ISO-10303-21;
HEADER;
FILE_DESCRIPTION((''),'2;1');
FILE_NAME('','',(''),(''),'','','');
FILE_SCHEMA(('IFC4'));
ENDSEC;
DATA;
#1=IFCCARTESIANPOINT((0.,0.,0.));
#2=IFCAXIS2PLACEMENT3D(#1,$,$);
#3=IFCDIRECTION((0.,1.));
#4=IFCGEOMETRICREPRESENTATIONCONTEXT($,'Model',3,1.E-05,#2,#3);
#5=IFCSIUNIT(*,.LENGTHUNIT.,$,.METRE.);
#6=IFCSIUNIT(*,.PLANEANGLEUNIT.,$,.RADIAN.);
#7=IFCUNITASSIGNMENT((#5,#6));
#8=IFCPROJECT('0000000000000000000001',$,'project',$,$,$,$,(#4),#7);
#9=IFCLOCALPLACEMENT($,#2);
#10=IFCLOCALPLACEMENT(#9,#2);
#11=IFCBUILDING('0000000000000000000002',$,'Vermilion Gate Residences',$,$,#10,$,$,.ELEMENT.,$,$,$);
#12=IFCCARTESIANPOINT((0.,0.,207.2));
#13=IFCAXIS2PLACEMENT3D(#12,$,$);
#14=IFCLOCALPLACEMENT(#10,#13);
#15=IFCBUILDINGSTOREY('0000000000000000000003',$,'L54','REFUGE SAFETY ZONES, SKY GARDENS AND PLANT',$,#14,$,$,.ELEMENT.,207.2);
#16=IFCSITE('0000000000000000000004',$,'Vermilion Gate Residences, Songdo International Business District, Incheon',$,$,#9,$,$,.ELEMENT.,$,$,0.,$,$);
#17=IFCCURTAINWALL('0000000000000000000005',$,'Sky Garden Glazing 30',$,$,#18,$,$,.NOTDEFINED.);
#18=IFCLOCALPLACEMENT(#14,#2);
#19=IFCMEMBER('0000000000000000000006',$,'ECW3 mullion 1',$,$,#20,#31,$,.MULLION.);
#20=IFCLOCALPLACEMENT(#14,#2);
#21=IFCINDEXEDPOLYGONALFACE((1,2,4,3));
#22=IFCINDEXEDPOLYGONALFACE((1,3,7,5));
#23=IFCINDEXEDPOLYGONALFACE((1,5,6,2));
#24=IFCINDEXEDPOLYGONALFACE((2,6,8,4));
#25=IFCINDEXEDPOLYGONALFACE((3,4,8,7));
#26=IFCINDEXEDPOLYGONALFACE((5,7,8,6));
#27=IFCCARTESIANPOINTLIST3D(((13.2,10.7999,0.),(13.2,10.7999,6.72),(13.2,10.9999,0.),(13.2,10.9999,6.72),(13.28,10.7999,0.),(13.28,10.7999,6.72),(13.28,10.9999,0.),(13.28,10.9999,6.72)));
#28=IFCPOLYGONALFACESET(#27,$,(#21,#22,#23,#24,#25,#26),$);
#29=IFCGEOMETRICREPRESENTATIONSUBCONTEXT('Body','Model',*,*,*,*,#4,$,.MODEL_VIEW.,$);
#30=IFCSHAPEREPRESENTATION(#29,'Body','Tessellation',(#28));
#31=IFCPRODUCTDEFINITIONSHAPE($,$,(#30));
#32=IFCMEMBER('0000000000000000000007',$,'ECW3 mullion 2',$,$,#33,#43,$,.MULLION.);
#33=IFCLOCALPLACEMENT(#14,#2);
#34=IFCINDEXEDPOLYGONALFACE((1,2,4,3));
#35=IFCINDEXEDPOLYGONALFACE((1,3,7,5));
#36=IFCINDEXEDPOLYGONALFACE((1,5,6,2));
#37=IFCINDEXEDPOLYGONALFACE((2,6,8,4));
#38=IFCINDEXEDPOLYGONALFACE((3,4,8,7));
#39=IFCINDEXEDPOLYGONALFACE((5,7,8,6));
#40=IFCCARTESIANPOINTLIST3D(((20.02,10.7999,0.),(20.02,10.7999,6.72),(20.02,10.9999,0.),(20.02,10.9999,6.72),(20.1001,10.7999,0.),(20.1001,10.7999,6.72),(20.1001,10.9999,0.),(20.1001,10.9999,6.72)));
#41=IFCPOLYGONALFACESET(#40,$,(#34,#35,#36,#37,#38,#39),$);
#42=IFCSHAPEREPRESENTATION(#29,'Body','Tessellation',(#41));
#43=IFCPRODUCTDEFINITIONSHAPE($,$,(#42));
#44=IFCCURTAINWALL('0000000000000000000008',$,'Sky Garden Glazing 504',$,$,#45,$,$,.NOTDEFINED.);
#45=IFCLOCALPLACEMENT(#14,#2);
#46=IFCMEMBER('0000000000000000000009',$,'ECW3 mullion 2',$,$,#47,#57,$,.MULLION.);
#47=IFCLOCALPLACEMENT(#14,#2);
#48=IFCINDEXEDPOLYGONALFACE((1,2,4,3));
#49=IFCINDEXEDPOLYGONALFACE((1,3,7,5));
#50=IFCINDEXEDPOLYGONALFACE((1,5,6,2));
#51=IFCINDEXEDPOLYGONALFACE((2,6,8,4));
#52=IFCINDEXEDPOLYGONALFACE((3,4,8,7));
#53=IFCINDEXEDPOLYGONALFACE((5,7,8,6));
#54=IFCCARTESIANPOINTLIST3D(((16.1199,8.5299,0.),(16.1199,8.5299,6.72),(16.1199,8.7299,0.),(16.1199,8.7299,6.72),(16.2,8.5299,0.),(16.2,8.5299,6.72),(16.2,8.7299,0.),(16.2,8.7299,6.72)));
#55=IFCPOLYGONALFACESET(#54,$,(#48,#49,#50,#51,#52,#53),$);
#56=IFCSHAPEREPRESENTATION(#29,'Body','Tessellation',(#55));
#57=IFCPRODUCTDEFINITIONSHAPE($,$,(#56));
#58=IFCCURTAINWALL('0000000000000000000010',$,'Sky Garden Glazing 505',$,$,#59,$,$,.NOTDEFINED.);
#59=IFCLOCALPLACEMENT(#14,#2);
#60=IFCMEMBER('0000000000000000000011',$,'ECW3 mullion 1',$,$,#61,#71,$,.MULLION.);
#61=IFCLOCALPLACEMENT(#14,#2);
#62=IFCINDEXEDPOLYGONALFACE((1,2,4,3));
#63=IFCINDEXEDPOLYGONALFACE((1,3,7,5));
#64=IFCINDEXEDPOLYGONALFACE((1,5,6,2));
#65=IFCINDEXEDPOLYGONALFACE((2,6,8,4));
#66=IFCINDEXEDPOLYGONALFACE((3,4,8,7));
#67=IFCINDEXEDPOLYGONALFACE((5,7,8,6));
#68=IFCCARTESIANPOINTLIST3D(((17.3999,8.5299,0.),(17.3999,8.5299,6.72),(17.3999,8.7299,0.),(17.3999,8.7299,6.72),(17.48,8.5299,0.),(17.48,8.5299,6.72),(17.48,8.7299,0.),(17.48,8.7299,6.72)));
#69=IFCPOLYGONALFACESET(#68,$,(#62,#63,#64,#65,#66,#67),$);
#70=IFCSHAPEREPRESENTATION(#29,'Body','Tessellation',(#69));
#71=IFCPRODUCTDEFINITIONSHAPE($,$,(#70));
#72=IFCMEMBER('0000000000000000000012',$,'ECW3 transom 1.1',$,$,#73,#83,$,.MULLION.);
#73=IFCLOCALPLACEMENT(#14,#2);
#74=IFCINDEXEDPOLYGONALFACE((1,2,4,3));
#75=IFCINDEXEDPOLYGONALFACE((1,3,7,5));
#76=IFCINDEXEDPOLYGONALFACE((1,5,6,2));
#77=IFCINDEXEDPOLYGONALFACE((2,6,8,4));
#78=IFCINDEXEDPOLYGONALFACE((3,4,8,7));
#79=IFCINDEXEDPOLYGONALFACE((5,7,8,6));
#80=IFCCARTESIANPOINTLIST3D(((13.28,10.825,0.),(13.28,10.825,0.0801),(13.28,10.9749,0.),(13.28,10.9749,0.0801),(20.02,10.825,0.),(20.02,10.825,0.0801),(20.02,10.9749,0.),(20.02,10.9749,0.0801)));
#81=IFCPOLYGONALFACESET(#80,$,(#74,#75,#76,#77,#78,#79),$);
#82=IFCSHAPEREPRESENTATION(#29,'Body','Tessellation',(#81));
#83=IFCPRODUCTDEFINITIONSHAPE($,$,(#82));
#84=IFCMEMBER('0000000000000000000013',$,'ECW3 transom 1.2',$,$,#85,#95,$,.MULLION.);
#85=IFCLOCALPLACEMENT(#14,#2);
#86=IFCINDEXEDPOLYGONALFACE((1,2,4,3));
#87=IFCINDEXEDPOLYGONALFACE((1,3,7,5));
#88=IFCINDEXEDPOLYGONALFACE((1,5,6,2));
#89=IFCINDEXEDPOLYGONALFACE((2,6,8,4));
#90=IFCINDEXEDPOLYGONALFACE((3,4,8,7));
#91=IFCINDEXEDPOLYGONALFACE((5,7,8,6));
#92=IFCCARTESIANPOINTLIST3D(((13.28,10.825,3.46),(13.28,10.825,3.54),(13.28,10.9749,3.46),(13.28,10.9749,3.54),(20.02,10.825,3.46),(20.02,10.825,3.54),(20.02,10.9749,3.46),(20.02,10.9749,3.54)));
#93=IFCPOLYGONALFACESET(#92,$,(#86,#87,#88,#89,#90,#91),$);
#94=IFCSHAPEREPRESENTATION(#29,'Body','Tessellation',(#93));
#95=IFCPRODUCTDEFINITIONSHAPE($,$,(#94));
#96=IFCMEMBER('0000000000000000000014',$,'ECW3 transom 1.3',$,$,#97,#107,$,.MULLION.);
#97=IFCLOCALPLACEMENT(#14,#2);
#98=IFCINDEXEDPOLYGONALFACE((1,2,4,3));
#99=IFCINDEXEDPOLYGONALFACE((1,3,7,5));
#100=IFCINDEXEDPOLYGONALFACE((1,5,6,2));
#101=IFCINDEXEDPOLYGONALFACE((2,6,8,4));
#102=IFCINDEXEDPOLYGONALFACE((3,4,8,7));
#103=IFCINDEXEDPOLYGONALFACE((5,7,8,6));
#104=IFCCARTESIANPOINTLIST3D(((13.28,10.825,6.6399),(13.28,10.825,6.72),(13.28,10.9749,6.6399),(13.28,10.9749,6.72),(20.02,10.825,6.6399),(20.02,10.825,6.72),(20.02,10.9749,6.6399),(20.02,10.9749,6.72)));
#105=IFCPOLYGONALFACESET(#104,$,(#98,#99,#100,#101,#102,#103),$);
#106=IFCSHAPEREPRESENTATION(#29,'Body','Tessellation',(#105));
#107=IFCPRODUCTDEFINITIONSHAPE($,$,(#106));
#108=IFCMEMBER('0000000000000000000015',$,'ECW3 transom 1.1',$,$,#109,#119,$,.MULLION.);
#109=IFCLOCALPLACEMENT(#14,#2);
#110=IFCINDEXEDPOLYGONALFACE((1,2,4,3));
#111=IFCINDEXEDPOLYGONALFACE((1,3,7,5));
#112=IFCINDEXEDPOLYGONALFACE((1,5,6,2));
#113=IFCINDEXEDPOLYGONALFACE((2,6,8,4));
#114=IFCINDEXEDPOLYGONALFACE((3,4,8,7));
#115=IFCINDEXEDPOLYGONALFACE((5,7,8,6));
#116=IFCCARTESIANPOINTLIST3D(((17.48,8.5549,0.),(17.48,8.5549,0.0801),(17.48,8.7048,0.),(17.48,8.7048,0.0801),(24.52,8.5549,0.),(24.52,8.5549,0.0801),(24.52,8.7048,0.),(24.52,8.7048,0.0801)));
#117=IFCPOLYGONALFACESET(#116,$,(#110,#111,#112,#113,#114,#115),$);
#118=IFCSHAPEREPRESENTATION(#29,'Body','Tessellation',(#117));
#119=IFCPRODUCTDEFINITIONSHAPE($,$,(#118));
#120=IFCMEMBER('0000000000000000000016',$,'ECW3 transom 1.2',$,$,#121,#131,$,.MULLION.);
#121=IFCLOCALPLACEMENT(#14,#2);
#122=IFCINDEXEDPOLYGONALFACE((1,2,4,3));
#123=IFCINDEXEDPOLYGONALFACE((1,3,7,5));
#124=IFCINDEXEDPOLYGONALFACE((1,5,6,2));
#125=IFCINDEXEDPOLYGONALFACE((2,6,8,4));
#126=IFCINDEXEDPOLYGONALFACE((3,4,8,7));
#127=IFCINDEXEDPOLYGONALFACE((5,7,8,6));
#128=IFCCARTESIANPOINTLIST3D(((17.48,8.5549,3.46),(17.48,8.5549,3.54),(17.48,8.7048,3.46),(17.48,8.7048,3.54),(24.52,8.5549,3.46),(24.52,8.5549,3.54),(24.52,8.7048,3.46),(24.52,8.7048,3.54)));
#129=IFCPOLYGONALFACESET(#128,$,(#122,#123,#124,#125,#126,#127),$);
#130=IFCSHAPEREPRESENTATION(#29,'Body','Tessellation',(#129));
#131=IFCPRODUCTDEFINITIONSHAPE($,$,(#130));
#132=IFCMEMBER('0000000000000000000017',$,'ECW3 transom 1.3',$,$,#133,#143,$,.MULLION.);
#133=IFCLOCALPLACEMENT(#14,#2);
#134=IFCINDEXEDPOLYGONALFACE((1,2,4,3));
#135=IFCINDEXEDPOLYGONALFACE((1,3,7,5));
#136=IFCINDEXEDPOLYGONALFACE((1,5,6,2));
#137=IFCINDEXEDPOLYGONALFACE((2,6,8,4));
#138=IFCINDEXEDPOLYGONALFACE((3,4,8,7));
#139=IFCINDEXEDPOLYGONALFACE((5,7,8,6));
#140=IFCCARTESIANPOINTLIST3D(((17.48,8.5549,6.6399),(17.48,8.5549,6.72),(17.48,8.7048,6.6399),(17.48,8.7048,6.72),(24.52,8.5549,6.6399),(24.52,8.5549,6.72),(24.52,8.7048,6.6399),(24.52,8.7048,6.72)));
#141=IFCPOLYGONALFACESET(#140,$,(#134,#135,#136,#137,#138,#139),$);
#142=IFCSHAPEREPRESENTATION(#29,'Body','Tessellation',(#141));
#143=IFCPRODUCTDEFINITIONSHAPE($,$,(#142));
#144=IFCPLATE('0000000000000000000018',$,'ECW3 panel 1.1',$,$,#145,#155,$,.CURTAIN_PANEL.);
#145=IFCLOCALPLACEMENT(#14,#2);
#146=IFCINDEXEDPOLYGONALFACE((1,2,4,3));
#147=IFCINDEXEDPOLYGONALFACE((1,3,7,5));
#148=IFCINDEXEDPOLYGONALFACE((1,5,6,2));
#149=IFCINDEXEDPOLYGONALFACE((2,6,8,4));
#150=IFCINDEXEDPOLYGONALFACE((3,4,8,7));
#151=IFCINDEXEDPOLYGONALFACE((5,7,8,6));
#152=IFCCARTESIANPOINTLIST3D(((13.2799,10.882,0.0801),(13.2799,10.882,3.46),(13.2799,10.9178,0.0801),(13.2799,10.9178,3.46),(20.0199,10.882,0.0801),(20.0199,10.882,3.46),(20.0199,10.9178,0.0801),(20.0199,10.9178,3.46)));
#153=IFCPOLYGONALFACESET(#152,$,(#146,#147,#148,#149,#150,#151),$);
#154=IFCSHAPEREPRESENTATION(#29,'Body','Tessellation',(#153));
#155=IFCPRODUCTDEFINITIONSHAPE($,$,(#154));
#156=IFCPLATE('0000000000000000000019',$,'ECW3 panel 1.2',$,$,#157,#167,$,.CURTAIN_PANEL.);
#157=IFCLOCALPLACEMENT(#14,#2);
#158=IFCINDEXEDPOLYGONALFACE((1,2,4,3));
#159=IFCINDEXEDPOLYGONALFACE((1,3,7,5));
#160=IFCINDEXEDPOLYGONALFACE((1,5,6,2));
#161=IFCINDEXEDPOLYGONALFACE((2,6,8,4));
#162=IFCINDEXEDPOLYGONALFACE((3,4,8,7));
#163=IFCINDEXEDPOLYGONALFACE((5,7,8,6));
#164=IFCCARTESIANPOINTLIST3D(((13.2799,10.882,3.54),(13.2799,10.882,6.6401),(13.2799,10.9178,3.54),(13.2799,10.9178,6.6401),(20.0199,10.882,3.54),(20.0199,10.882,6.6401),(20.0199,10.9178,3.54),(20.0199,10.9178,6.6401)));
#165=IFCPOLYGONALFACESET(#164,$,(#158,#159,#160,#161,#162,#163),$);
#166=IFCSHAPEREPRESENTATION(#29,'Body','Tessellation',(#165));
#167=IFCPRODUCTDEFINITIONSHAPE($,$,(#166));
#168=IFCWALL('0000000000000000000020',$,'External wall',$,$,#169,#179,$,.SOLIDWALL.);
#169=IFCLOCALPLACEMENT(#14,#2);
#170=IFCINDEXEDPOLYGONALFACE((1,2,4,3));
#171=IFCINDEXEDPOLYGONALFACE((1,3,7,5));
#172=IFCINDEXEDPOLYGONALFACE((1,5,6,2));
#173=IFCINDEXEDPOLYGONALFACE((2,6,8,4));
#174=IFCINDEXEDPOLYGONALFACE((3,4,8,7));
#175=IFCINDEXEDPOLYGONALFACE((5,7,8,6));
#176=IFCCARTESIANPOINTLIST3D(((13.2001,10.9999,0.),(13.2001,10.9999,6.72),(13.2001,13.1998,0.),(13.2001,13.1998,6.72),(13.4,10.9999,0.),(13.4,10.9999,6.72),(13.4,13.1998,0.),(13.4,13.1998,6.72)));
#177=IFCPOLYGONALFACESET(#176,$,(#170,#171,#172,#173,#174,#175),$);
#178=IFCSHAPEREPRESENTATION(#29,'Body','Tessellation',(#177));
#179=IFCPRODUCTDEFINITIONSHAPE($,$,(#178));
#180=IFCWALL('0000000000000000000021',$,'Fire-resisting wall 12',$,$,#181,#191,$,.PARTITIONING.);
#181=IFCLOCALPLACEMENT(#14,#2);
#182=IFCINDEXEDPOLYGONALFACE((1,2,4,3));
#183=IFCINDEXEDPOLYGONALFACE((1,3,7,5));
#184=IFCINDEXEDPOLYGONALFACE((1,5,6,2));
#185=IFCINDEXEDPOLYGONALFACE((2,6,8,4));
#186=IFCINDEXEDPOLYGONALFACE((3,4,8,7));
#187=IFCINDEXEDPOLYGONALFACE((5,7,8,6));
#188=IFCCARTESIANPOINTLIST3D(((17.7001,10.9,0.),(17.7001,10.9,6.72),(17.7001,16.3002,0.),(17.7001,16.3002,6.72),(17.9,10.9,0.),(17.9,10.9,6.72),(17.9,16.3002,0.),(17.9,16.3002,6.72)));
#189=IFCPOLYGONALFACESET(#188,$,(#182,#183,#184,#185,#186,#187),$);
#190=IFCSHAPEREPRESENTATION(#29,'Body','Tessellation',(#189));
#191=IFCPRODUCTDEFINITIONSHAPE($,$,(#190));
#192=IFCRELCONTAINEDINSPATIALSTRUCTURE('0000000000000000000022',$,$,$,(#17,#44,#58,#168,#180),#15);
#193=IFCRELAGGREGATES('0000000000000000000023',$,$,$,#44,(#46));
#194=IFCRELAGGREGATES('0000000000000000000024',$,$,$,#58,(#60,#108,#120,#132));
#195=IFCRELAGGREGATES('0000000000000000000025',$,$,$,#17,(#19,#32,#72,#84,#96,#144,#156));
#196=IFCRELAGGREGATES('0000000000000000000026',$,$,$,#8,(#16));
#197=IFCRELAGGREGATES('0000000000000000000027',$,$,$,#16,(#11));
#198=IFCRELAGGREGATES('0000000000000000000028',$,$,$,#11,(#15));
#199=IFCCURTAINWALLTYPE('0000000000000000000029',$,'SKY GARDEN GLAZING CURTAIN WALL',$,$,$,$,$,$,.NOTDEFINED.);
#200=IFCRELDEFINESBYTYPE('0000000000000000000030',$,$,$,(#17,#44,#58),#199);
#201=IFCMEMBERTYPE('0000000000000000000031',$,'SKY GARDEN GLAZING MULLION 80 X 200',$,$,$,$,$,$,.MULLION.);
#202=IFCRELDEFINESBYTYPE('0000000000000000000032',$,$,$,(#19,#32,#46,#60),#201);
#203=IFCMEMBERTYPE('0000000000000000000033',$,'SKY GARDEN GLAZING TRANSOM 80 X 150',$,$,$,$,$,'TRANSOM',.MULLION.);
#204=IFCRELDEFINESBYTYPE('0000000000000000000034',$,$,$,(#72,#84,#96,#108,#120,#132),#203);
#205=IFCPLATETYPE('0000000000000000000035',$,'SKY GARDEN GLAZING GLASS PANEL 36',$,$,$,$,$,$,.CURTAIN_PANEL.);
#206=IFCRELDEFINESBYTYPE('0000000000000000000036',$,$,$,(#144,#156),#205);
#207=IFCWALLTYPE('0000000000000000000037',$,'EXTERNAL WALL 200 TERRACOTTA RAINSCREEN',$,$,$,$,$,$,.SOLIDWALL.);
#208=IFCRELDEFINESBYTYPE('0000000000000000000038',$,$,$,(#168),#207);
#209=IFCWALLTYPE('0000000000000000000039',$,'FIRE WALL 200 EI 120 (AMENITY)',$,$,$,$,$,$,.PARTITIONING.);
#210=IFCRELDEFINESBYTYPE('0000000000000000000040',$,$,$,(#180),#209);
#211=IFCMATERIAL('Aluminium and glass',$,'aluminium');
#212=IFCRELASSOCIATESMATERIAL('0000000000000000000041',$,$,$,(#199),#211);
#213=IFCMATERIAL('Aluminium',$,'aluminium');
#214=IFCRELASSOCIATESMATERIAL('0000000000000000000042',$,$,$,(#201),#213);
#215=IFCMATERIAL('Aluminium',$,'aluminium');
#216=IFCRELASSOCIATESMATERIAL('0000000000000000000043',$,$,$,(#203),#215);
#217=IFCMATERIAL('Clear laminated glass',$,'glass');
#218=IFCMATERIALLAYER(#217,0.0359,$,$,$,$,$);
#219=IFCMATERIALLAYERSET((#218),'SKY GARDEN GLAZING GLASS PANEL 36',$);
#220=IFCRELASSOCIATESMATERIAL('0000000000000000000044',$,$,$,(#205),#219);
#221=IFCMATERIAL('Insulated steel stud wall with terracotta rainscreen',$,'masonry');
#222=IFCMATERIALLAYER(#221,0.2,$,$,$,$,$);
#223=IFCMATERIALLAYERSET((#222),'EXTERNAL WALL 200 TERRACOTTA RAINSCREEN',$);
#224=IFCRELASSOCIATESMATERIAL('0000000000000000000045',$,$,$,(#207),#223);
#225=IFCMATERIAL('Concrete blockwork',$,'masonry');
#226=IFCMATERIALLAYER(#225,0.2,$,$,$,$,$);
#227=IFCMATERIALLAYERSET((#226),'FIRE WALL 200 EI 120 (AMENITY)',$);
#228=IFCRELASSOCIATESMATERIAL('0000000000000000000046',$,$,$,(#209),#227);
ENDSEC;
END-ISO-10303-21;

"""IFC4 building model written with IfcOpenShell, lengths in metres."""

from ifc_helpers import new_model, si_unit, direction, frame, frame_2d, origin, origin_2d, place, context, subcontext, project, spatial, rectangle, extrude, material, layer, layer_set, material_profile, profile_set, type_object, element, aggregate, save


model = new_model("IFC4")

# Units and contexts
model_context = context("Model", 3, precision=1e-05, world=origin(), true_north=direction((0.0, 1.0)))
body_context = subcontext(model_context, "Body", "Model", "MODEL_VIEW")
ifc_project = project(units=[si_unit("LENGTHUNIT", "METRE"), si_unit("PLANEANGLEUNIT", "RADIAN")], contexts=[model_context])

# Site, building, storey
site_placement = place(None, origin())
site = spatial("IfcSite", under=ifc_project, at=site_placement, Name="Vermilion Gate Residences, Songdo International Business District, Incheon", CompositionType="ELEMENT", RefElevation=0.0)
building_placement = place(site_placement, origin())
building = spatial("IfcBuilding", under=site, at=building_placement, Name="Vermilion Gate Residences", CompositionType="ELEMENT")
storey_placement = place(building_placement, frame((0.0, 0.0, 207.2)))
storey = spatial("IfcBuildingStorey", under=building, at=storey_placement, Name="L54", Description="REFUGE SAFETY ZONES, SKY GARDENS AND PLANT", CompositionType="ELEMENT", Elevation=207.2)

# Curtain wall, members
ifc_material_1 = material(Name="Aluminium and glass", Category="aluminium")
curtain_wall_type = type_object("IfcCurtainWallType", Name="SKY GARDEN GLAZING CURTAIN WALL", PredefinedType="NOTDEFINED", material=ifc_material_1)
curtain_wall_1_placement = place(storey_placement, origin())
curtain_wall_1 = element("IfcCurtainWall", 1, at=curtain_wall_1_placement, inside=storey, type_object=curtain_wall_type, Name="Sky Garden Glazing 30", PredefinedType="NOTDEFINED")
ifc_material_2 = material(Name="Aluminium", Category="aluminium")
ifc_material_profile_1 = material_profile(ifc_material_2, rectangle(XDim=0.2, YDim=0.0801, at=origin_2d()), Name="MULLION 80 X 200")
ifc_profile_set_1 = profile_set([ifc_material_profile_1], Name="Aluminium")
member_type_1 = type_object("IfcMemberType", Name="SKY GARDEN GLAZING MULLION 80 X 200", PredefinedType="MULLION", material=ifc_profile_set_1)
member_1_placement = place(storey_placement, frame((13.24, 10.8999, 0.0), z_axis=(0.0, 0.0, 1.0), x_axis=(0.0, 1.0, 0.0)))
member_1 = element("IfcMember", 2, at=member_1_placement, type_object=member_type_1, Name="ECW3 mullion 1", PredefinedType="MULLION", context=body_context, shape_type="SweptSolid", body=[
    extrude(rectangle(XDim=0.2, YDim=0.0801, at=origin_2d()), origin(), (0.0, 0.0, 1.0), 6.72),
])
member_2_placement = place(storey_placement, frame((20.0601, 10.8999, 0.0), z_axis=(0.0, 0.0, 1.0), x_axis=(0.0, 1.0, 0.0)))
member_2 = element("IfcMember", 3, at=member_2_placement, type_object=member_type_1, Name="ECW3 mullion 2", PredefinedType="MULLION", context=body_context, shape_type="SweptSolid", body=[
    extrude(rectangle(XDim=0.2, YDim=0.0801, at=origin_2d()), origin(), (0.0, 0.0, 1.0), 6.72),
])

# Curtain walls, members
curtain_wall_2_placement = place(storey_placement, origin())
curtain_wall_2 = element("IfcCurtainWall", 4, at=curtain_wall_2_placement, inside=storey, type_object=curtain_wall_type, Name="Sky Garden Glazing 504", PredefinedType="NOTDEFINED")
member_3_placement = place(storey_placement, frame((16.1599, 8.6299, 0.0), z_axis=(0.0, 0.0, 1.0), x_axis=(0.0, 1.0, 0.0)))
member_3 = element("IfcMember", 5, at=member_3_placement, type_object=member_type_1, Name="ECW3 mullion 2", PredefinedType="MULLION", context=body_context, shape_type="SweptSolid", body=[
    extrude(rectangle(XDim=0.2, YDim=0.0801, at=origin_2d()), origin(), (0.0, 0.0, 1.0), 6.72),
])
aggregate(curtain_wall_2, [member_3])
curtain_wall_3_placement = place(storey_placement, origin())
curtain_wall_3 = element("IfcCurtainWall", 6, at=curtain_wall_3_placement, inside=storey, type_object=curtain_wall_type, Name="Sky Garden Glazing 505", PredefinedType="NOTDEFINED")
member_4_placement = place(storey_placement, frame((17.4399, 8.6299, 0.0), z_axis=(0.0, 0.0, 1.0), x_axis=(0.0, 1.0, 0.0)))
member_4 = element("IfcMember", 7, at=member_4_placement, type_object=member_type_1, Name="ECW3 mullion 1", PredefinedType="MULLION", context=body_context, shape_type="SweptSolid", body=[
    extrude(rectangle(XDim=0.2, YDim=0.0801, at=origin_2d()), origin(), (0.0, 0.0, 1.0), 6.72),
])

# Members
ifc_material_3 = material(Name="Aluminium", Category="aluminium")
ifc_material_profile_2 = material_profile(ifc_material_3, rectangle(XDim=0.1499, YDim=0.0801, at=origin_2d()), Name="TRANSOM 80 X 150")
ifc_profile_set_2 = profile_set([ifc_material_profile_2], Name="Aluminium")
member_type_2 = type_object("IfcMemberType", Name="SKY GARDEN GLAZING TRANSOM 80 X 150", ElementType="TRANSOM", PredefinedType="MULLION", material=ifc_profile_set_2)
member_5_placement = place(storey_placement, frame((13.28, 10.8999, 0.04), z_axis=(1.0, 0.0, 0.0), x_axis=(0.0, 1.0, 0.0)))
member_5 = element("IfcMember", 8, at=member_5_placement, type_object=member_type_2, Name="ECW3 transom 1.1", PredefinedType="MULLION", context=body_context, shape_type="SweptSolid", body=[
    extrude(rectangle(XDim=0.1499, YDim=0.0801, at=origin_2d()), origin(), (0.0, 0.0, 1.0), 6.74),
])
member_6_placement = place(storey_placement, frame((13.28, 10.8999, 3.5), z_axis=(1.0, 0.0, 0.0), x_axis=(0.0, 1.0, 0.0)))
member_6 = element("IfcMember", 9, at=member_6_placement, type_object=member_type_2, Name="ECW3 transom 1.2", PredefinedType="MULLION", context=body_context, shape_type="SweptSolid", body=[
    extrude(rectangle(XDim=0.1499, YDim=0.0801, at=origin_2d()), origin(), (0.0, 0.0, 1.0), 6.74),
])
member_7_placement = place(storey_placement, frame((13.28, 10.8999, 6.6799), z_axis=(1.0, 0.0, 0.0), x_axis=(0.0, 1.0, 0.0)))
member_7 = element("IfcMember", 10, at=member_7_placement, type_object=member_type_2, Name="ECW3 transom 1.3", PredefinedType="MULLION", context=body_context, shape_type="SweptSolid", body=[
    extrude(rectangle(XDim=0.1499, YDim=0.0801, at=origin_2d()), origin(), (0.0, 0.0, 1.0), 6.74),
])
member_8_placement = place(storey_placement, frame((17.48, 8.6299, 0.04), z_axis=(1.0, 0.0, 0.0), x_axis=(0.0, 1.0, 0.0)))
member_8 = element("IfcMember", 11, at=member_8_placement, type_object=member_type_2, Name="ECW3 transom 1.1", PredefinedType="MULLION", context=body_context, shape_type="SweptSolid", body=[
    extrude(rectangle(XDim=0.1499, YDim=0.0801, at=origin_2d()), origin(), (0.0, 0.0, 1.0), 7.04),
])
member_9_placement = place(storey_placement, frame((17.48, 8.6299, 3.5), z_axis=(1.0, 0.0, 0.0), x_axis=(0.0, 1.0, 0.0)))
member_9 = element("IfcMember", 12, at=member_9_placement, type_object=member_type_2, Name="ECW3 transom 1.2", PredefinedType="MULLION", context=body_context, shape_type="SweptSolid", body=[
    extrude(rectangle(XDim=0.1499, YDim=0.0801, at=origin_2d()), origin(), (0.0, 0.0, 1.0), 7.04),
])
member_10_placement = place(storey_placement, frame((17.48, 8.6299, 6.6799), z_axis=(1.0, 0.0, 0.0), x_axis=(0.0, 1.0, 0.0)))
member_10 = element("IfcMember", 13, at=member_10_placement, type_object=member_type_2, Name="ECW3 transom 1.3", PredefinedType="MULLION", context=body_context, shape_type="SweptSolid", body=[
    extrude(rectangle(XDim=0.1499, YDim=0.0801, at=origin_2d()), origin(), (0.0, 0.0, 1.0), 7.04),
])
aggregate(curtain_wall_3, [member_4, member_8, member_9, member_10])

# Plates
ifc_material_4 = material(Name="Clear laminated glass", Category="glass")
ifc_layer_1 = layer(ifc_material_4, 0.0359)
ifc_layer_set_1 = layer_set([ifc_layer_1], Name="SKY GARDEN GLAZING GLASS PANEL 36")
plate_type = type_object("IfcPlateType", Name="SKY GARDEN GLAZING GLASS PANEL 36", PredefinedType="CURTAIN_PANEL", material=ifc_layer_set_1)
plate_1_placement = place(storey_placement, frame((16.6499, 10.8999, 0.0801), z_axis=(0.0, 0.0, 1.0), x_axis=(1.0, 0.0, 0.0)))
plate_1 = element("IfcPlate", 14, at=plate_1_placement, type_object=plate_type, Name="ECW3 panel 1.1", PredefinedType="CURTAIN_PANEL", context=body_context, shape_type="SweptSolid", body=[
    extrude(rectangle(XDim=6.74, YDim=0.0359, at=origin_2d()), origin(), (0.0, 0.0, 1.0), 3.3799),
])
plate_2_placement = place(storey_placement, frame((16.6499, 10.8999, 3.54), z_axis=(0.0, 0.0, 1.0), x_axis=(1.0, 0.0, 0.0)))
plate_2 = element("IfcPlate", 15, at=plate_2_placement, type_object=plate_type, Name="ECW3 panel 1.2", PredefinedType="CURTAIN_PANEL", context=body_context, shape_type="SweptSolid", body=[
    extrude(rectangle(XDim=6.74, YDim=0.0359, at=origin_2d()), origin(), (0.0, 0.0, 1.0), 3.1001),
])
aggregate(curtain_wall_1, [member_1, member_2, member_5, member_6, member_7, plate_1, plate_2])

# Wall
ifc_material_5 = material(Name="Insulated steel stud wall with terracotta rainscreen", Category="masonry")
ifc_layer_2 = layer(ifc_material_5, 0.2)
ifc_layer_set_2 = layer_set([ifc_layer_2], Name="EXTERNAL WALL 200 TERRACOTTA RAINSCREEN")
wall_type_1 = type_object("IfcWallType", Name="EXTERNAL WALL 200 TERRACOTTA RAINSCREEN", PredefinedType="SOLIDWALL", material=ifc_layer_set_2)
wall_1_placement = place(storey_placement, frame((13.3, 13.2, 0.0), z_axis=(0.0, 0.0, 1.0), x_axis=(0.0, -1.0, 0.0)))
element("IfcWall", 16, at=wall_1_placement, inside=storey, type_object=wall_type_1, Name="External wall", PredefinedType="SOLIDWALL", context=body_context, shape_type="SweptSolid", body=[
    extrude(rectangle(XDim=2.2, YDim=0.2, at=frame_2d((1.1001, 0.0))), origin(), (0.0, 0.0, 1.0), 6.72),
])

# Wall
ifc_material_6 = material(Name="Concrete blockwork", Category="masonry")
ifc_layer_3 = layer(ifc_material_6, 0.2)
ifc_layer_set_3 = layer_set([ifc_layer_3], Name="FIRE WALL 200 EI 120 (AMENITY)")
wall_type_2 = type_object("IfcWallType", Name="FIRE WALL 200 EI 120 (AMENITY)", PredefinedType="PARTITIONING", material=ifc_layer_set_3)
wall_2_placement = place(storey_placement, frame((17.8, 10.8999, 0.0), z_axis=(0.0, 0.0, 1.0), x_axis=(0.0, 1.0, 0.0)))
element("IfcWall", 17, at=wall_2_placement, inside=storey, type_object=wall_type_2, Name="Fire-resisting wall 12", PredefinedType="PARTITIONING", context=body_context, shape_type="SweptSolid", body=[
    extrude(rectangle(XDim=5.4001, YDim=0.2, at=frame_2d((2.7002, 0.0))), origin(), (0.0, 0.0, 1.0), 6.72),
])

save(model, "model.ifc")
